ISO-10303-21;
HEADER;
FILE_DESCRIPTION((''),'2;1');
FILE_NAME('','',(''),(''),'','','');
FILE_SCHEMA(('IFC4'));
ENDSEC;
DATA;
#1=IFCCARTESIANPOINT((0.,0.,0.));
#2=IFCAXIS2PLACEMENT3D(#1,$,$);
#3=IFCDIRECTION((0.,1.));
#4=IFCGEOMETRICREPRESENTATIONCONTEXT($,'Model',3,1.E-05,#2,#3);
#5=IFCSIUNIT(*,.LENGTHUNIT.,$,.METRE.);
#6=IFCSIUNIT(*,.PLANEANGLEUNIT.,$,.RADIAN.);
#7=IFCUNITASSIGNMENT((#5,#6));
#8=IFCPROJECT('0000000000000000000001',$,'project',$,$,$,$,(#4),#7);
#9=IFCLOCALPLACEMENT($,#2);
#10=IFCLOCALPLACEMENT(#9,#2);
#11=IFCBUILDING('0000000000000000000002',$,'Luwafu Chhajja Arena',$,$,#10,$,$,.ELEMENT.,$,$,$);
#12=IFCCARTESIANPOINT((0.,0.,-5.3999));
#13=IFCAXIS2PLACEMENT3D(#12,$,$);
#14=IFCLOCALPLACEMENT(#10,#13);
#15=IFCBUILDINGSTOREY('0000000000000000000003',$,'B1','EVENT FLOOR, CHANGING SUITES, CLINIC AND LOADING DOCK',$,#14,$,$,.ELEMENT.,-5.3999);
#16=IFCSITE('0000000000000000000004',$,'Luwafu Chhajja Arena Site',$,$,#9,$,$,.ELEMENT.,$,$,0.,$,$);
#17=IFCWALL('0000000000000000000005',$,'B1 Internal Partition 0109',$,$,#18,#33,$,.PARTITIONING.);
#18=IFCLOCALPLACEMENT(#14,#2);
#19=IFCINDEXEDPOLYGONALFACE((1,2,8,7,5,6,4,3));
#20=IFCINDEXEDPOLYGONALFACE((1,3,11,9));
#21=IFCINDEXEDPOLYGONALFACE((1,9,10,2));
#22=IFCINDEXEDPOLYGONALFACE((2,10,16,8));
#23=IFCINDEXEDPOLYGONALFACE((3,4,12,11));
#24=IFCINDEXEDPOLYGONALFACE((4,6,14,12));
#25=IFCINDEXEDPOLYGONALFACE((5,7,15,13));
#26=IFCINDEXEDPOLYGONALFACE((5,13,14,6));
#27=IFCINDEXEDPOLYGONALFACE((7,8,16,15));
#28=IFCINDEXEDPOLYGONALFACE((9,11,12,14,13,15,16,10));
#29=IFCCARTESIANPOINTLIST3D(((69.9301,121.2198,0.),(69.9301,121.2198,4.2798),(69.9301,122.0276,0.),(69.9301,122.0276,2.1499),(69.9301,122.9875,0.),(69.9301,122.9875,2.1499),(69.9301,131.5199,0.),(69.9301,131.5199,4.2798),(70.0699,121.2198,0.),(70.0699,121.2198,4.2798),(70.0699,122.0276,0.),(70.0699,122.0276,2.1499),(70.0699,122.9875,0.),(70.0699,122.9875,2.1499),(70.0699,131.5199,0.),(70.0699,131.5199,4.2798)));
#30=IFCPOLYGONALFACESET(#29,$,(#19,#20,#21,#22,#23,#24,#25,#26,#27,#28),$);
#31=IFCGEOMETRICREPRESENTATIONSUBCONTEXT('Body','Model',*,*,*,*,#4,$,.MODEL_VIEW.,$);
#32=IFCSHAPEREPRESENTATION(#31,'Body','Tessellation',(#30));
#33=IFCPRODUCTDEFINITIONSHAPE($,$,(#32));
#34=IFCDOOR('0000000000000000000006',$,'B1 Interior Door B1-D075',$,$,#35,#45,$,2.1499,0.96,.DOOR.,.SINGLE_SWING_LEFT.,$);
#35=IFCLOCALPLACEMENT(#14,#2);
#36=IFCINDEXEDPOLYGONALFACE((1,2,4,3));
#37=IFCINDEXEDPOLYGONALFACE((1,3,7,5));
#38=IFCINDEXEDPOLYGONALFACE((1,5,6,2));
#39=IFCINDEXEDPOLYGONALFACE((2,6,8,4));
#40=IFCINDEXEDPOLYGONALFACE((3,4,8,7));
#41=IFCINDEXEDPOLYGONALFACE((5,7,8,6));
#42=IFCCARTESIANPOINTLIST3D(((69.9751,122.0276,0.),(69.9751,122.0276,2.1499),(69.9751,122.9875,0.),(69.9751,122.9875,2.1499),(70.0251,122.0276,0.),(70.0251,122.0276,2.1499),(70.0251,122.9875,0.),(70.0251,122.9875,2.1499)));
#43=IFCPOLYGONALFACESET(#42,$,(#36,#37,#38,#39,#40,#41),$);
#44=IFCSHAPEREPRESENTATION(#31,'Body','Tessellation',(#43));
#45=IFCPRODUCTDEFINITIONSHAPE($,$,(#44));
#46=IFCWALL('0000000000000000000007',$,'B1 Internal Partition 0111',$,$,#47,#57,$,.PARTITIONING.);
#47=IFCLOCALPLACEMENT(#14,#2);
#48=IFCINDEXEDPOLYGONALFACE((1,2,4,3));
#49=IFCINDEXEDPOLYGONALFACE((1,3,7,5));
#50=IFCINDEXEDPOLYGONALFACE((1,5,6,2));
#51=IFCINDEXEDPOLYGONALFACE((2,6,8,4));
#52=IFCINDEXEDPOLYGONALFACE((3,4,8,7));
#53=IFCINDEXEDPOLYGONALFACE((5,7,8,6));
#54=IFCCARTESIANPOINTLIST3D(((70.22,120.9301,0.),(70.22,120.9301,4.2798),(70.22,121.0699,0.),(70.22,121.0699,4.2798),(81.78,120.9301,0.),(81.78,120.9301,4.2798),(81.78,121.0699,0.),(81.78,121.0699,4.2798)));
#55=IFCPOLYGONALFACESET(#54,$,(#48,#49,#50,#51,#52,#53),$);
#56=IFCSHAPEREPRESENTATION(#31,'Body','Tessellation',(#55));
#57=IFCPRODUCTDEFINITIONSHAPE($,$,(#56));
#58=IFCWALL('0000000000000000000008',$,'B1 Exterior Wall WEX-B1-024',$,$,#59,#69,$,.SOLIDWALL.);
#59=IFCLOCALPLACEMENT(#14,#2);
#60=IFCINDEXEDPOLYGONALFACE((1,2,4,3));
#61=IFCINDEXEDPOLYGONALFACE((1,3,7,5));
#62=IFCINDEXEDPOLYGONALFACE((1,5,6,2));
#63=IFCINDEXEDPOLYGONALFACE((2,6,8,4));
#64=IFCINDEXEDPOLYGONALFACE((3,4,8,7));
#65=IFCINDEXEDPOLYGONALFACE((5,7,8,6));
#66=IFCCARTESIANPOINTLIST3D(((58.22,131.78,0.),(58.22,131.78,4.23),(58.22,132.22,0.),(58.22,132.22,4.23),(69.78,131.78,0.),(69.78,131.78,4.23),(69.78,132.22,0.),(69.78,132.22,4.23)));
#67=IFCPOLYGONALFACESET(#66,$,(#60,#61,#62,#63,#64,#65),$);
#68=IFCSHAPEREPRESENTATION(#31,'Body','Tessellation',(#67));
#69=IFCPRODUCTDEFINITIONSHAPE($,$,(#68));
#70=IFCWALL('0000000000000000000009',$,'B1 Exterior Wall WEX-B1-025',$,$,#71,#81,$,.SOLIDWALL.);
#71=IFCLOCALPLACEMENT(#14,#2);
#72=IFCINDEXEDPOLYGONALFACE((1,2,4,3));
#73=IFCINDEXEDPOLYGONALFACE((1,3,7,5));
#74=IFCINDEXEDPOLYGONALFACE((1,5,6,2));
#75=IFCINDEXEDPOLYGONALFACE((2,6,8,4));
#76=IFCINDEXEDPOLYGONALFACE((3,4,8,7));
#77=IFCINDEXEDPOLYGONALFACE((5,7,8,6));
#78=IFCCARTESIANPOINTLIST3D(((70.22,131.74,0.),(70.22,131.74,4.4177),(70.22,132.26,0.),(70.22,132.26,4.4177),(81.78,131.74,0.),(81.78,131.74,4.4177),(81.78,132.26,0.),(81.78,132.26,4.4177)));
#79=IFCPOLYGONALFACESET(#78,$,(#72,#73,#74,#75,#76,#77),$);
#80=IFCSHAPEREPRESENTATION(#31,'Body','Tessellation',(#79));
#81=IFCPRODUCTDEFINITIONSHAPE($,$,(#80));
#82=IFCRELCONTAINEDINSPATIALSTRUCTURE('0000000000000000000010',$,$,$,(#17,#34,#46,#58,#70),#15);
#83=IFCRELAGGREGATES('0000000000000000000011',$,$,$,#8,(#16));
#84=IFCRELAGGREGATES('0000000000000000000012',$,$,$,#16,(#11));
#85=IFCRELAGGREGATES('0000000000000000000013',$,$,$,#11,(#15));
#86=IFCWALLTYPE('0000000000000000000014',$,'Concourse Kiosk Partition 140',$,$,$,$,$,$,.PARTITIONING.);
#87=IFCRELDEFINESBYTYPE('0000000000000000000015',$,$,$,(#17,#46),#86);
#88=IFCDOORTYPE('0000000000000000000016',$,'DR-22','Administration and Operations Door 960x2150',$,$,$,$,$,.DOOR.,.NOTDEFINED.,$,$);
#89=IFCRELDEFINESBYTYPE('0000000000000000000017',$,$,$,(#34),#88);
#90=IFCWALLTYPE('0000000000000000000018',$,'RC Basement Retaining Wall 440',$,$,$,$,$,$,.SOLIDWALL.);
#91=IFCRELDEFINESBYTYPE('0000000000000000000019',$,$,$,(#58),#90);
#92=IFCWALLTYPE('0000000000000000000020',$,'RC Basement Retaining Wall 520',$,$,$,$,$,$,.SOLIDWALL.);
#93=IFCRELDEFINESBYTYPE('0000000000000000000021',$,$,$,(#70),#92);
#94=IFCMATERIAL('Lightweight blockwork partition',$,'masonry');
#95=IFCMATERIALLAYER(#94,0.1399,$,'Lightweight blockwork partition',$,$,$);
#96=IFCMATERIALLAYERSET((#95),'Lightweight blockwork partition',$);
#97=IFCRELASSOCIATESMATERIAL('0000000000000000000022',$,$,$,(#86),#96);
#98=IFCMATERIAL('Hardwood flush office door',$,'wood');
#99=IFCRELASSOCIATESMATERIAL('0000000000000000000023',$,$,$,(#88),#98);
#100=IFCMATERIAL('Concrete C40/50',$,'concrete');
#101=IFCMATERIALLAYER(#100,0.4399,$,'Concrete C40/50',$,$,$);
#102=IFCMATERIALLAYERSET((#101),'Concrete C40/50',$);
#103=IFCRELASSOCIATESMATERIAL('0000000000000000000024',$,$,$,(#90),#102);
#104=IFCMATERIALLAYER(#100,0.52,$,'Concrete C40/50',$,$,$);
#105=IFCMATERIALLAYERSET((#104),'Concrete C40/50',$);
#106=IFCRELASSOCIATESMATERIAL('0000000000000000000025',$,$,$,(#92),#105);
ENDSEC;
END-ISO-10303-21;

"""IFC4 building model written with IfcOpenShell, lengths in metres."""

from ifc_helpers import new_model, si_unit, direction, frame, frame_2d, origin, place, context, subcontext, project, spatial, rectangle, extrude, material, layer, layer_set, type_object, element, fill, save


model = new_model("IFC4")

# Units and contexts
model_context = context("Model", 3, precision=1e-05, world=origin(), true_north=direction((0.0, 1.0)))
body_context = subcontext(model_context, "Body", "Model", "MODEL_VIEW")
ifc_project = project(units=[si_unit("LENGTHUNIT", "METRE"), si_unit("PLANEANGLEUNIT", "RADIAN")], contexts=[model_context])

# Site, building, storey
site_placement = place(None, origin())
site = spatial("IfcSite", under=ifc_project, at=site_placement, Name="Luwafu Chhajja Arena Site", CompositionType="ELEMENT", RefElevation=0.0)
building_placement = place(site_placement, origin())
building = spatial("IfcBuilding", under=site, at=building_placement, Name="Luwafu Chhajja Arena", CompositionType="ELEMENT")
storey_placement = place(building_placement, frame((0.0, 0.0, -5.3999)))
storey = spatial("IfcBuildingStorey", under=building, at=storey_placement, Name="B1", Description="EVENT FLOOR, CHANGING SUITES, CLINIC AND LOADING DOCK", CompositionType="ELEMENT", Elevation=-5.3999)

# Shared definitions
ifc_material_1 = material(Name="Concrete C40/50", Category="concrete")

# Wall, opening, door
ifc_material_2 = material(Name="Lightweight blockwork partition", Category="masonry")
ifc_layer_1 = layer(ifc_material_2, 0.1399, Name="Lightweight blockwork partition")
ifc_layer_set_1 = layer_set([ifc_layer_1], Name="Lightweight blockwork partition")
wall_type_1 = type_object("IfcWallType", Name="Concourse Kiosk Partition 140", PredefinedType="PARTITIONING", material=ifc_layer_set_1)
wall_1_placement = place(storey_placement, frame((70.0, 121.22, 0.0), z_axis=(0.0, 0.0, 1.0), x_axis=(0.0, 1.0, 0.0)))
wall_1 = element("IfcWall", 1, at=wall_1_placement, inside=storey, type_object=wall_type_1, Name="B1 Internal Partition 0109", PredefinedType="PARTITIONING", context=body_context, shape_type="SweptSolid", body=[
    extrude(rectangle(XDim=10.3, YDim=0.1399, at=frame_2d((5.1499, 0.0))), origin(), (0.0, 0.0, 1.0), 4.2798),
])
opening_1_placement = place(wall_1_placement, frame((0.8076, 0.0, 0.0)))
opening_1 = element("IfcOpeningElement", 2, at=opening_1_placement, cuts=wall_1, PredefinedType="OPENING", context=body_context, shape_type="SweptSolid", body=[
    extrude(rectangle(XDim=0.96, YDim=2.1499, at=frame_2d((0.48, 1.075))), frame((0.0, 0.0798, 0.0), z_axis=(0.0, -1.0, 0.0), x_axis=(1.0, 0.0, 0.0)), (0.0, 0.0, 1.0), 0.1599),
])
ifc_material_3 = material(Name="Hardwood flush office door", Category="wood")
door_type_1 = type_object("IfcDoorType", Name="DR-22", Description="Administration and Operations Door 960x2150", OperationType="NOTDEFINED", PredefinedType="DOOR", material=ifc_material_3)
door_1_placement = place(opening_1_placement, origin())
door_1 = element("IfcDoor", 3, at=door_1_placement, inside=storey, type_object=door_type_1, Name="B1 Interior Door B1-D075", OperationType="SINGLE_SWING_LEFT", OverallHeight=2.1499, OverallWidth=0.96, PredefinedType="DOOR", context=body_context, shape_type="SweptSolid", body=[
    extrude(rectangle(XDim=0.96, YDim=2.1499, at=frame_2d((0.48, 1.075))), frame((0.0, 0.0249, 0.0), z_axis=(0.0, -1.0, 0.0), x_axis=(1.0, 0.0, 0.0)), (0.0, 0.0, 1.0), 0.05),
])
fill(opening_1, door_1)

# Walls
wall_2_placement = place(storey_placement, frame((70.22, 121.0, 0.0), z_axis=(0.0, 0.0, 1.0), x_axis=(1.0, 0.0, 0.0)))
element("IfcWall", 4, at=wall_2_placement, inside=storey, type_object=wall_type_1, Name="B1 Internal Partition 0111", PredefinedType="PARTITIONING", context=body_context, shape_type="SweptSolid", body=[
    extrude(rectangle(XDim=11.5601, YDim=0.1399, at=frame_2d((5.78, 0.0))), origin(), (0.0, 0.0, 1.0), 4.2798),
])
ifc_layer_2 = layer(ifc_material_1, 0.4399, Name="Concrete C40/50")
ifc_layer_set_2 = layer_set([ifc_layer_2], Name="Concrete C40/50")
wall_type_2 = type_object("IfcWallType", Name="RC Basement Retaining Wall 440", PredefinedType="SOLIDWALL", material=ifc_layer_set_2)
wall_3_placement = place(storey_placement, frame((58.22, 132.0, 0.0), z_axis=(0.0, 0.0, 1.0), x_axis=(1.0, 0.0, 0.0)))
element("IfcWall", 5, at=wall_3_placement, inside=storey, type_object=wall_type_2, Name="B1 Exterior Wall WEX-B1-024", PredefinedType="SOLIDWALL", context=body_context, shape_type="SweptSolid", body=[
    extrude(rectangle(XDim=11.5601, YDim=0.4399, at=frame_2d((5.78, 0.0))), origin(), (0.0, 0.0, 1.0), 4.23),
])
ifc_layer_3 = layer(ifc_material_1, 0.52, Name="Concrete C40/50")
ifc_layer_set_3 = layer_set([ifc_layer_3], Name="Concrete C40/50")
wall_type_3 = type_object("IfcWallType", Name="RC Basement Retaining Wall 520", PredefinedType="SOLIDWALL", material=ifc_layer_set_3)
wall_4_placement = place(storey_placement, frame((70.22, 132.0, 0.0), z_axis=(0.0, 0.0, 1.0), x_axis=(1.0, 0.0, 0.0)))
element("IfcWall", 6, at=wall_4_placement, inside=storey, type_object=wall_type_3, Name="B1 Exterior Wall WEX-B1-025", PredefinedType="SOLIDWALL", context=body_context, shape_type="SweptSolid", body=[
    extrude(rectangle(XDim=11.5601, YDim=0.52, at=frame_2d((5.78, 0.0))), origin(), (0.0, 0.0, 1.0), 4.4177),
])

save(model, "model.ifc")
